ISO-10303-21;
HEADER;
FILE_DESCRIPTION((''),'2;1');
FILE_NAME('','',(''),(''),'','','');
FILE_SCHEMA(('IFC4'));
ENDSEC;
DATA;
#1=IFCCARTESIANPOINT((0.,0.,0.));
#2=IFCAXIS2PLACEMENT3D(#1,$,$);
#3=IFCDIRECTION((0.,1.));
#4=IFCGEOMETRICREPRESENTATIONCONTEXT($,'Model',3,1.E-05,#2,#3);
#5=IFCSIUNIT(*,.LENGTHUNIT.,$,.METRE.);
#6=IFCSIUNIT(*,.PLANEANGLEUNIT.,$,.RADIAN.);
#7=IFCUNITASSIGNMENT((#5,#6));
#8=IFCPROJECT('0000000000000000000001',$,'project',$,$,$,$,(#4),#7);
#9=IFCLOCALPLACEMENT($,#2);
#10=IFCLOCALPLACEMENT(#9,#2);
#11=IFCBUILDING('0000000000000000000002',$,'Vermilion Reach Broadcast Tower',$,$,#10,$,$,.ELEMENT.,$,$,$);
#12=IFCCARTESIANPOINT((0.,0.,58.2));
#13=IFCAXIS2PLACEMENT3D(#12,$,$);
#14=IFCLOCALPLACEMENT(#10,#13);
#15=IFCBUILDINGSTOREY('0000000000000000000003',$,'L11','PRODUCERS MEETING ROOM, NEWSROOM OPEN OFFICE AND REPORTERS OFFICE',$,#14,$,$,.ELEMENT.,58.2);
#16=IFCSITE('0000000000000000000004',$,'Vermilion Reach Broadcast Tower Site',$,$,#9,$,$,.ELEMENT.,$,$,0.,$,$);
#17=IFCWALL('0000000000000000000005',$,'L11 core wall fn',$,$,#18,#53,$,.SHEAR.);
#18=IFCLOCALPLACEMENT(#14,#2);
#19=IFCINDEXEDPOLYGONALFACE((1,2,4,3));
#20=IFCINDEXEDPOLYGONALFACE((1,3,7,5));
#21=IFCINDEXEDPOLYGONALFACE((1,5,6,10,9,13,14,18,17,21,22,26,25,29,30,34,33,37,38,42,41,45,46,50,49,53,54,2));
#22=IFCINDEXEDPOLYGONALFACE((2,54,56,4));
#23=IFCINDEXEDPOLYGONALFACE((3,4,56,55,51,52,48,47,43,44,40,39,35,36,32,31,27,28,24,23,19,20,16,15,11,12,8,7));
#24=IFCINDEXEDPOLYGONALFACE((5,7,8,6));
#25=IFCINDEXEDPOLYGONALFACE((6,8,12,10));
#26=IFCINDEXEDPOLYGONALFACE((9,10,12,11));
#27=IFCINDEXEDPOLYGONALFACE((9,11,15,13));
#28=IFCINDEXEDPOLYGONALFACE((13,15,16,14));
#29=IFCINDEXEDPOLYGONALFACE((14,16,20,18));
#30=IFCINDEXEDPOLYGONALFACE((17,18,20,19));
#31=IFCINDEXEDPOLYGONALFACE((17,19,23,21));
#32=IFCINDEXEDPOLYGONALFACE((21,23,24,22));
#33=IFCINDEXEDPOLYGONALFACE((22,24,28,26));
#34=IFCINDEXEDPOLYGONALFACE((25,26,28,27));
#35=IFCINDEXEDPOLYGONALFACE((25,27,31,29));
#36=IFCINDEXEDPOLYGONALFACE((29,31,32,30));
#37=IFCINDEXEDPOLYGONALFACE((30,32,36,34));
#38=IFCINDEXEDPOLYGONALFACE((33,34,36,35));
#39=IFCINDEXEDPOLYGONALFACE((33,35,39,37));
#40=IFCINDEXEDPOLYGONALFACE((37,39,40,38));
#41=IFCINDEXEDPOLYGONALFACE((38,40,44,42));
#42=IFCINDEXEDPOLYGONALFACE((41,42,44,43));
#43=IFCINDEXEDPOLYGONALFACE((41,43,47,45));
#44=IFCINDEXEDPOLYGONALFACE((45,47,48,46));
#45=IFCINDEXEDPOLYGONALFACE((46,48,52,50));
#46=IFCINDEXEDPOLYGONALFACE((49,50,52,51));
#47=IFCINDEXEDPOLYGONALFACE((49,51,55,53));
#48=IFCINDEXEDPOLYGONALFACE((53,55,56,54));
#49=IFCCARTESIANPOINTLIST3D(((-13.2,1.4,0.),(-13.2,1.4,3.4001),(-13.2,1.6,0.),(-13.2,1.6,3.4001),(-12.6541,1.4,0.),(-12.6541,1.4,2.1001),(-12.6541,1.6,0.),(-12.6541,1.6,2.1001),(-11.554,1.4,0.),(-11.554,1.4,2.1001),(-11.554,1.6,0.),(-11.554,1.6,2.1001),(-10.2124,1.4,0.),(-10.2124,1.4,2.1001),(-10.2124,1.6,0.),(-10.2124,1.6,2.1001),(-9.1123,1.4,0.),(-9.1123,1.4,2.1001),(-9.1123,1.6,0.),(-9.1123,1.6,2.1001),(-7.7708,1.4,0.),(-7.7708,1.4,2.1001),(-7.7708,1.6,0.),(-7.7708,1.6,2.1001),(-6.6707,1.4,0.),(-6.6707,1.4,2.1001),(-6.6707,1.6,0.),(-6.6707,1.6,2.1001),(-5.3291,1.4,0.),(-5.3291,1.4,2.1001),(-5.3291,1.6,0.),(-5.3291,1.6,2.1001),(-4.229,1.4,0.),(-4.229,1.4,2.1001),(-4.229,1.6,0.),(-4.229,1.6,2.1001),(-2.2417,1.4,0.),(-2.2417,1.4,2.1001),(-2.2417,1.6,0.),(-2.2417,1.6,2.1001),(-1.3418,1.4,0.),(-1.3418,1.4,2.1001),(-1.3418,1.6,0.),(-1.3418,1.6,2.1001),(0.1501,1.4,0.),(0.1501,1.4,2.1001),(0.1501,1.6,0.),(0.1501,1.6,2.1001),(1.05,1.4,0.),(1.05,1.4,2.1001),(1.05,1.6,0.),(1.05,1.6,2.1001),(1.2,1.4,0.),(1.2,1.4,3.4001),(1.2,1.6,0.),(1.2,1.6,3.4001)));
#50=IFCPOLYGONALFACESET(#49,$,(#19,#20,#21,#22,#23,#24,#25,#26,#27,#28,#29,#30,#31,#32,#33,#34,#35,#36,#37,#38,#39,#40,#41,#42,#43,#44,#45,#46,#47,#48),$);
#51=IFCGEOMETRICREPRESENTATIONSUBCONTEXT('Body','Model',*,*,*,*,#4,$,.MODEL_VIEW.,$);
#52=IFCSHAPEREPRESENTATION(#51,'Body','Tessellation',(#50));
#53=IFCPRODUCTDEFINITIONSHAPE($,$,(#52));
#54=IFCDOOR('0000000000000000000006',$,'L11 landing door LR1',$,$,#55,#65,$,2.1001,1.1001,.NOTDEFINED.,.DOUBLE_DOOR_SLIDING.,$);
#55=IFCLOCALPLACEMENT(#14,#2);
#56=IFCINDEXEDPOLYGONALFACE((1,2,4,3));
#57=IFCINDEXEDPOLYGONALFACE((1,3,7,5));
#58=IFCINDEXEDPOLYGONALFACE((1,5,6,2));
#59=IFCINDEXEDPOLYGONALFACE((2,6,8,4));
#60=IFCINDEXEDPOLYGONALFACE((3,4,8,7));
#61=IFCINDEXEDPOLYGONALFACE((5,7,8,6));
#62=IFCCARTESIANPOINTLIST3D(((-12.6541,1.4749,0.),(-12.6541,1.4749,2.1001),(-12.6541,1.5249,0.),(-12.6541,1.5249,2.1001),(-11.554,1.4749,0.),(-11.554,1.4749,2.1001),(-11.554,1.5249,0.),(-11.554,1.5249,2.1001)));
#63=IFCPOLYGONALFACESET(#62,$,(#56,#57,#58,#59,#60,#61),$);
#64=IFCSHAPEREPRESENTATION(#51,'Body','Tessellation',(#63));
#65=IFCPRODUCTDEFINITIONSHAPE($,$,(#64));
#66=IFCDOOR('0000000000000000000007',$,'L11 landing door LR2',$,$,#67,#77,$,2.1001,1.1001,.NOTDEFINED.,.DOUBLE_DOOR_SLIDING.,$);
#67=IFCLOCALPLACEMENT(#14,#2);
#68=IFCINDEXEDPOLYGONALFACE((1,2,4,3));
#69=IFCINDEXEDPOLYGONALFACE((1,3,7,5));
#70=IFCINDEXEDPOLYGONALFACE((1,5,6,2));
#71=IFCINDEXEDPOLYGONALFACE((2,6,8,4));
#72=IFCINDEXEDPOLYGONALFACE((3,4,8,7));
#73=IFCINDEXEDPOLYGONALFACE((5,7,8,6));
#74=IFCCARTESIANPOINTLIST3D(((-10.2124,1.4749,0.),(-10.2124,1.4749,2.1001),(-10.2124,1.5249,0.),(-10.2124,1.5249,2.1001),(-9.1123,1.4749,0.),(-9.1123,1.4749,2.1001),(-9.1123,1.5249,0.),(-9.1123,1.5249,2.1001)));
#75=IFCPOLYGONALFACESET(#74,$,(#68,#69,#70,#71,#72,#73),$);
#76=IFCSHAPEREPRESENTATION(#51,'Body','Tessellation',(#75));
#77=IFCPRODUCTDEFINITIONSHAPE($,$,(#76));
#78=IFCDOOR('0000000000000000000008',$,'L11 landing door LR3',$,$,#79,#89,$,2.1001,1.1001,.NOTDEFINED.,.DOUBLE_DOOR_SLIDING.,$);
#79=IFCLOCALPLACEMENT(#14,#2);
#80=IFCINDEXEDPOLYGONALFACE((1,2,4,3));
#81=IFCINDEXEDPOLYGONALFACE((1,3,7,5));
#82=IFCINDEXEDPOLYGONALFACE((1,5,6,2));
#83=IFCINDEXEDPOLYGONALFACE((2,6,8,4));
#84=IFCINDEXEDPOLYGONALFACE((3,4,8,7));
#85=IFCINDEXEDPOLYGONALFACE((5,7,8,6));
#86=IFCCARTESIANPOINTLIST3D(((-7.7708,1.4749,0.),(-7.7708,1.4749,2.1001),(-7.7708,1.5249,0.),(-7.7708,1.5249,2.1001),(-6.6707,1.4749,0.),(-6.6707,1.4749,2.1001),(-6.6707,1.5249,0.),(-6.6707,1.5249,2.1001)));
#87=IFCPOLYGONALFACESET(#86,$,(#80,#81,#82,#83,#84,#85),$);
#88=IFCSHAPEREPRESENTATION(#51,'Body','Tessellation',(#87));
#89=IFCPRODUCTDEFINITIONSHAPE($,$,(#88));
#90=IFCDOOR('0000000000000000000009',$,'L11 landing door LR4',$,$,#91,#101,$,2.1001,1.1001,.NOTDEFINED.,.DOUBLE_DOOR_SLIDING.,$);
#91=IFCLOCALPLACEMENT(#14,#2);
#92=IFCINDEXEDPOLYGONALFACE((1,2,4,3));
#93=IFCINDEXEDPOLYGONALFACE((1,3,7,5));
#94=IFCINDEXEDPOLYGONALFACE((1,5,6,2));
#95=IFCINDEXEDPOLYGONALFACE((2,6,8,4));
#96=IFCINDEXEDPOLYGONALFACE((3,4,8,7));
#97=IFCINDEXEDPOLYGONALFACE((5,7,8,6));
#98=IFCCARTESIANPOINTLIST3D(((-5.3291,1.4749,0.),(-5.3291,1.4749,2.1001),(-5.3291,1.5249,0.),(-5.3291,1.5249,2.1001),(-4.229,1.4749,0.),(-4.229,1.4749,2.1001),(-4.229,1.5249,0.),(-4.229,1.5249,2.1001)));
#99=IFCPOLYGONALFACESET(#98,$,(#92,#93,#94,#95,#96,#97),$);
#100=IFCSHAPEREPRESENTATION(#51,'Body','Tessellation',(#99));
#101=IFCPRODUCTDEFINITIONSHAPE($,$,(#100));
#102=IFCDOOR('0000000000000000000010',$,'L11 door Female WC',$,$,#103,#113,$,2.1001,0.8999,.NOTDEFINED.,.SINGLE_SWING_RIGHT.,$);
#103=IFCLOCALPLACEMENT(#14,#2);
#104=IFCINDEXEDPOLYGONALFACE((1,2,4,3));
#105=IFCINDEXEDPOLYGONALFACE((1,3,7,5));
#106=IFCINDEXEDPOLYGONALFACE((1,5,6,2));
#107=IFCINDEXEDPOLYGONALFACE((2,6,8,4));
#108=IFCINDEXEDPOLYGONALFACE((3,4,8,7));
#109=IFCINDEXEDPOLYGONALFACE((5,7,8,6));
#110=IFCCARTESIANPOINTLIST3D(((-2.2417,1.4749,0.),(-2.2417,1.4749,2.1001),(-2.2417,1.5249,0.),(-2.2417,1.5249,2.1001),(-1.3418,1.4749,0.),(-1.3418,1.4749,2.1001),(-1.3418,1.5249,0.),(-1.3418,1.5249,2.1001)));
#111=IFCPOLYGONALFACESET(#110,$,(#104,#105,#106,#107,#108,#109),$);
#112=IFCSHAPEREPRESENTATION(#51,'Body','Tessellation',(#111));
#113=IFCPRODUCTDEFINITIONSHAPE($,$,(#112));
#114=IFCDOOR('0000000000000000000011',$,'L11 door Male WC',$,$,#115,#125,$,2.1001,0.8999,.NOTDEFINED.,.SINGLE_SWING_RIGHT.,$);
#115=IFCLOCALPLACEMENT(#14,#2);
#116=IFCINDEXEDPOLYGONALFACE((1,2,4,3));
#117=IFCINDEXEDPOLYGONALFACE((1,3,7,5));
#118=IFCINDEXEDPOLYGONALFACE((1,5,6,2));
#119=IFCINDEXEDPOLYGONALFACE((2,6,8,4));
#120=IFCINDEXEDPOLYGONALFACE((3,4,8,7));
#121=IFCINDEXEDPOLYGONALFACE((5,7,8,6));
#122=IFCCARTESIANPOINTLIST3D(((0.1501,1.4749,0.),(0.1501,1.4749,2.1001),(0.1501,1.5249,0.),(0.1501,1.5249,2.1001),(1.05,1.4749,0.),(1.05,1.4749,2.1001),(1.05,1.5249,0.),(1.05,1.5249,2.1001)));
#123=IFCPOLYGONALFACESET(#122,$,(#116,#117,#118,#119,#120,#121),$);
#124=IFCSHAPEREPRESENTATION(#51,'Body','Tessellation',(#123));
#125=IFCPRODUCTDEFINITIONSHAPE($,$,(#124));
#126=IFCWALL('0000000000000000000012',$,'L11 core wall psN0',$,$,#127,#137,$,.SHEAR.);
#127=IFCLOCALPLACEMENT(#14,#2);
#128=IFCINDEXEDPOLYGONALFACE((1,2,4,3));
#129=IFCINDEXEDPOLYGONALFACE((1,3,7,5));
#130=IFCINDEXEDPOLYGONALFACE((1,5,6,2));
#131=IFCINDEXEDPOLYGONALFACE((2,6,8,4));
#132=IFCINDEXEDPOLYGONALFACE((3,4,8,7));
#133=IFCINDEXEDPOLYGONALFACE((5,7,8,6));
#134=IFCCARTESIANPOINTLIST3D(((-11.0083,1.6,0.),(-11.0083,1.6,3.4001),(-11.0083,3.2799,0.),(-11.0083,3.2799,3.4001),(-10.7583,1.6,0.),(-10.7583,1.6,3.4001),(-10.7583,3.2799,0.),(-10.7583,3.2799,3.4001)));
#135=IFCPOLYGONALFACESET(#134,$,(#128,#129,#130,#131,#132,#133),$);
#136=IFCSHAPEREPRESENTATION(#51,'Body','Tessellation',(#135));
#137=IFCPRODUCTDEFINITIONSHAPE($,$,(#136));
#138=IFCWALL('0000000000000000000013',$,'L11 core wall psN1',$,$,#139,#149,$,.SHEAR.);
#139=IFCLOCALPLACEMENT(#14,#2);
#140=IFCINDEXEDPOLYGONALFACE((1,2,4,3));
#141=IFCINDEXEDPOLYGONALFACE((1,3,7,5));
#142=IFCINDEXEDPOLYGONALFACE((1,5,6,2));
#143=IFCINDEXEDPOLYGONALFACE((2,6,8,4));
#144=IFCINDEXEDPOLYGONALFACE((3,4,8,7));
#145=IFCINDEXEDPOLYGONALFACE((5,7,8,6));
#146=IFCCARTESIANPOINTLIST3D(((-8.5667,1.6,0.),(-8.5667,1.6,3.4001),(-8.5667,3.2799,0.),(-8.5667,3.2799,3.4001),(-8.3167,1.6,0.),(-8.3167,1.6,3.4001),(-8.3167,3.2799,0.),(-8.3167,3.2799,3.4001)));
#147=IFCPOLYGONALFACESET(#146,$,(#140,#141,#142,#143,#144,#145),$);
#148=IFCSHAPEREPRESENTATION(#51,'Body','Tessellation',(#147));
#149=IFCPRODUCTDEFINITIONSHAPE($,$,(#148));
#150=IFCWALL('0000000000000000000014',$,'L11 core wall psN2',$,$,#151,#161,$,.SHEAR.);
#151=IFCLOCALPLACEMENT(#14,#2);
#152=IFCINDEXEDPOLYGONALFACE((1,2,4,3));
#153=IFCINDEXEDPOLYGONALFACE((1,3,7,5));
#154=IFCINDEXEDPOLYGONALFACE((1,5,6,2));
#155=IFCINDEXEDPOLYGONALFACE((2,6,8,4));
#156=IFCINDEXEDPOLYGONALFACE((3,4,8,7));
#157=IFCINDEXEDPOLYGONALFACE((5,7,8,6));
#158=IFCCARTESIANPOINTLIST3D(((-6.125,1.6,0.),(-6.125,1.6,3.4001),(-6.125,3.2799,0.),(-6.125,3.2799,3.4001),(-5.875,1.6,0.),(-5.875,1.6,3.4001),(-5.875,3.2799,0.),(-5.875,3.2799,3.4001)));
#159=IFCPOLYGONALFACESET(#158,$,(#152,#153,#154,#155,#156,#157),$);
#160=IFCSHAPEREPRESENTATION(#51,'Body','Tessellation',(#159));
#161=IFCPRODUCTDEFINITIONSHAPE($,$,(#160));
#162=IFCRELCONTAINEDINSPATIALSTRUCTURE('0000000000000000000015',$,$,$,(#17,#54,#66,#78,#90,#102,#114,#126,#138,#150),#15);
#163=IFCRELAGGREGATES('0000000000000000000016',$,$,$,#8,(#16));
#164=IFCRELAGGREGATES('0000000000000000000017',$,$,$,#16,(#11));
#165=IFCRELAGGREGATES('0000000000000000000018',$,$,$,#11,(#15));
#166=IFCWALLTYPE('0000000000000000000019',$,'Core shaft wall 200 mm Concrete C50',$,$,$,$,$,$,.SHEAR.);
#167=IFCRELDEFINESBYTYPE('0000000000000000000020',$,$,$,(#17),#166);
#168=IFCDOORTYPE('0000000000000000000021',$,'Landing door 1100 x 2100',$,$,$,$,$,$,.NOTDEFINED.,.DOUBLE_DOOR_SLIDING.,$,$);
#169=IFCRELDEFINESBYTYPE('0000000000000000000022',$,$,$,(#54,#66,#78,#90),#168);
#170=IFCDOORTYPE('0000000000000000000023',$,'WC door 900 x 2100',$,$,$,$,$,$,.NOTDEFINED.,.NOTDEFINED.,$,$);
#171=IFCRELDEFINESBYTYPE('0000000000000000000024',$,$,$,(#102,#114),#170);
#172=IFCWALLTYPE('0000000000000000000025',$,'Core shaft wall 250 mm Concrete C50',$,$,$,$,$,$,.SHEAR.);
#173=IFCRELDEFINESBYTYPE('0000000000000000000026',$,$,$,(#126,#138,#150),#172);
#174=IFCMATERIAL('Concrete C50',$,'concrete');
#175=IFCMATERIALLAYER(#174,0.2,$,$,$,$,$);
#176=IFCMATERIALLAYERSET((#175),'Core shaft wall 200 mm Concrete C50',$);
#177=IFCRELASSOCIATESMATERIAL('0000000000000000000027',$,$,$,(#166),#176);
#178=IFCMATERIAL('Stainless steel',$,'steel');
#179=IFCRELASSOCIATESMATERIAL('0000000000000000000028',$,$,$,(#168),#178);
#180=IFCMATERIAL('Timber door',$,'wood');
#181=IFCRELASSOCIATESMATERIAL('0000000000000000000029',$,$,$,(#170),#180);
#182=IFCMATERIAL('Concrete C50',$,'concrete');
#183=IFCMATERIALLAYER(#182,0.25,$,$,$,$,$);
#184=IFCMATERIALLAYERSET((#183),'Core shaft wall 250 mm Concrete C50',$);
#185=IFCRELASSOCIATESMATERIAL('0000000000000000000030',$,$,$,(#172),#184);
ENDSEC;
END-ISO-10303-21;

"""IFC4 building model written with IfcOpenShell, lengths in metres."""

from ifc_helpers import new_model, si_unit, direction, frame, frame_2d, origin, place, context, subcontext, project, spatial, rectangle, extrude, material, layer, layer_set, type_object, element, fill, save


model = new_model("IFC4")

# Units and contexts
model_context = context("Model", 3, precision=1e-05, world=origin(), true_north=direction((0.0, 1.0)))
body_context = subcontext(model_context, "Body", "Model", "MODEL_VIEW")
ifc_project = project(units=[si_unit("LENGTHUNIT", "METRE"), si_unit("PLANEANGLEUNIT", "RADIAN")], contexts=[model_context])

# Site, building, storey
site_placement = place(None, origin())
site = spatial("IfcSite", under=ifc_project, at=site_placement, Name="Vermilion Reach Broadcast Tower Site", CompositionType="ELEMENT", RefElevation=0.0)
building_placement = place(site_placement, origin())
building = spatial("IfcBuilding", under=site, at=building_placement, Name="Vermilion Reach Broadcast Tower", CompositionType="ELEMENT")
storey_placement = place(building_placement, frame((0.0, 0.0, 58.2)))
storey = spatial("IfcBuildingStorey", under=building, at=storey_placement, Name="L11", Description="PRODUCERS MEETING ROOM, NEWSROOM OPEN OFFICE AND REPORTERS OFFICE", CompositionType="ELEMENT", Elevation=58.2)

# Wall, openings, doors
ifc_material_1 = material(Name="Concrete C50", Category="concrete")
ifc_layer_1 = layer(ifc_material_1, 0.2)
ifc_layer_set_1 = layer_set([ifc_layer_1], Name="Core shaft wall 200 mm Concrete C50")
wall_type_1 = type_object("IfcWallType", Name="Core shaft wall 200 mm Concrete C50", PredefinedType="SHEAR", material=ifc_layer_set_1)
wall_1_placement = place(storey_placement, frame((-13.2, 1.5, 0.0), z_axis=(0.0, 0.0, 1.0), x_axis=(1.0, 0.0, 0.0)))
wall_1 = element("IfcWall", 1, at=wall_1_placement, inside=storey, type_object=wall_type_1, Name="L11 core wall fn", PredefinedType="SHEAR", context=body_context, shape_type="SweptSolid", body=[
    extrude(rectangle(XDim=14.3999, YDim=0.2, at=frame_2d((7.2, 0.0))), origin(), (0.0, 0.0, 1.0), 3.4001),
])
opening_1_placement = place(wall_1_placement, frame((0.5459, 0.0, 0.0)))
opening_1 = element("IfcOpeningElement", 2, at=opening_1_placement, cuts=wall_1, PredefinedType="OPENING", context=body_context, shape_type="SweptSolid", body=[
    extrude(rectangle(XDim=1.1001, YDim=2.1001, at=frame_2d((0.55, 1.05))), frame((0.0, 0.1099, 0.0), z_axis=(0.0, -1.0, 0.0), x_axis=(1.0, 0.0, 0.0)), (0.0, 0.0, 1.0), 0.22),
])
opening_2_placement = place(wall_1_placement, frame((2.9875, 0.0, 0.0)))
opening_2 = element("IfcOpeningElement", 3, at=opening_2_placement, cuts=wall_1, PredefinedType="OPENING", context=body_context, shape_type="SweptSolid", body=[
    extrude(rectangle(XDim=1.1001, YDim=2.1001, at=frame_2d((0.55, 1.05))), frame((0.0, 0.1099, 0.0), z_axis=(0.0, -1.0, 0.0), x_axis=(1.0, 0.0, 0.0)), (0.0, 0.0, 1.0), 0.22),
])
opening_3_placement = place(wall_1_placement, frame((5.4292, 0.0, 0.0)))
opening_3 = element("IfcOpeningElement", 4, at=opening_3_placement, cuts=wall_1, PredefinedType="OPENING", context=body_context, shape_type="SweptSolid", body=[
    extrude(rectangle(XDim=1.1001, YDim=2.1001, at=frame_2d((0.55, 1.05))), frame((0.0, 0.1099, 0.0), z_axis=(0.0, -1.0, 0.0), x_axis=(1.0, 0.0, 0.0)), (0.0, 0.0, 1.0), 0.22),
])
opening_4_placement = place(wall_1_placement, frame((7.8708, 0.0, 0.0)))
opening_4 = element("IfcOpeningElement", 5, at=opening_4_placement, cuts=wall_1, PredefinedType="OPENING", context=body_context, shape_type="SweptSolid", body=[
    extrude(rectangle(XDim=1.1001, YDim=2.1001, at=frame_2d((0.55, 1.05))), frame((0.0, 0.1099, 0.0), z_axis=(0.0, -1.0, 0.0), x_axis=(1.0, 0.0, 0.0)), (0.0, 0.0, 1.0), 0.22),
])
opening_5_placement = place(wall_1_placement, frame((10.9583, 0.0, 0.0)))
opening_5 = element("IfcOpeningElement", 6, at=opening_5_placement, cuts=wall_1, PredefinedType="OPENING", context=body_context, shape_type="SweptSolid", body=[
    extrude(rectangle(XDim=0.8999, YDim=2.1001, at=frame_2d((0.45, 1.05))), frame((0.0, 0.1099, 0.0), z_axis=(0.0, -1.0, 0.0), x_axis=(1.0, 0.0, 0.0)), (0.0, 0.0, 1.0), 0.22),
])
opening_6_placement = place(wall_1_placement, frame((13.3501, 0.0, 0.0)))
opening_6 = element("IfcOpeningElement", 7, at=opening_6_placement, cuts=wall_1, PredefinedType="OPENING", context=body_context, shape_type="SweptSolid", body=[
    extrude(rectangle(XDim=0.8999, YDim=2.1001, at=frame_2d((0.45, 1.05))), frame((0.0, 0.1099, 0.0), z_axis=(0.0, -1.0, 0.0), x_axis=(1.0, 0.0, 0.0)), (0.0, 0.0, 1.0), 0.22),
])
ifc_material_2 = material(Name="Stainless steel", Category="steel")
door_type_1 = type_object("IfcDoorType", Name="Landing door 1100 x 2100", OperationType="DOUBLE_DOOR_SLIDING", PredefinedType="NOTDEFINED", material=ifc_material_2)
door_1_placement = place(opening_1_placement, origin())
door_1 = element("IfcDoor", 8, at=door_1_placement, inside=storey, type_object=door_type_1, Name="L11 landing door LR1", OperationType="DOUBLE_DOOR_SLIDING", OverallHeight=2.1001, OverallWidth=1.1001, PredefinedType="NOTDEFINED", context=body_context, shape_type="SweptSolid", body=[
    extrude(rectangle(XDim=1.1001, YDim=2.1001, at=frame_2d((0.55, 1.05))), frame((0.0, 0.0249, 0.0), z_axis=(0.0, -1.0, 0.0), x_axis=(1.0, 0.0, 0.0)), (0.0, 0.0, 1.0), 0.05),
])
fill(opening_1, door_1)
door_2_placement = place(opening_2_placement, origin())
door_2 = element("IfcDoor", 9, at=door_2_placement, inside=storey, type_object=door_type_1, Name="L11 landing door LR2", OperationType="DOUBLE_DOOR_SLIDING", OverallHeight=2.1001, OverallWidth=1.1001, PredefinedType="NOTDEFINED", context=body_context, shape_type="SweptSolid", body=[
    extrude(rectangle(XDim=1.1001, YDim=2.1001, at=frame_2d((0.55, 1.05))), frame((0.0, 0.0249, 0.0), z_axis=(0.0, -1.0, 0.0), x_axis=(1.0, 0.0, 0.0)), (0.0, 0.0, 1.0), 0.05),
])
fill(opening_2, door_2)
door_3_placement = place(opening_3_placement, origin())
door_3 = element("IfcDoor", 10, at=door_3_placement, inside=storey, type_object=door_type_1, Name="L11 landing door LR3", OperationType="DOUBLE_DOOR_SLIDING", OverallHeight=2.1001, OverallWidth=1.1001, PredefinedType="NOTDEFINED", context=body_context, shape_type="SweptSolid", body=[
    extrude(rectangle(XDim=1.1001, YDim=2.1001, at=frame_2d((0.55, 1.05))), frame((0.0, 0.0249, 0.0), z_axis=(0.0, -1.0, 0.0), x_axis=(1.0, 0.0, 0.0)), (0.0, 0.0, 1.0), 0.05),
])
fill(opening_3, door_3)
door_4_placement = place(opening_4_placement, origin())
door_4 = element("IfcDoor", 11, at=door_4_placement, inside=storey, type_object=door_type_1, Name="L11 landing door LR4", OperationType="DOUBLE_DOOR_SLIDING", OverallHeight=2.1001, OverallWidth=1.1001, PredefinedType="NOTDEFINED", context=body_context, shape_type="SweptSolid", body=[
    extrude(rectangle(XDim=1.1001, YDim=2.1001, at=frame_2d((0.55, 1.05))), frame((0.0, 0.0249, 0.0), z_axis=(0.0, -1.0, 0.0), x_axis=(1.0, 0.0, 0.0)), (0.0, 0.0, 1.0), 0.05),
])
fill(opening_4, door_4)
ifc_material_3 = material(Name="Timber door", Category="wood")
door_type_2 = type_object("IfcDoorType", Name="WC door 900 x 2100", OperationType="NOTDEFINED", PredefinedType="NOTDEFINED", material=ifc_material_3)
door_5_placement = place(opening_5_placement, origin())
door_5 = element("IfcDoor", 12, at=door_5_placement, inside=storey, type_object=door_type_2, Name="L11 door Female WC", OperationType="SINGLE_SWING_RIGHT", OverallHeight=2.1001, OverallWidth=0.8999, PredefinedType="NOTDEFINED", context=body_context, shape_type="SweptSolid", body=[
    extrude(rectangle(XDim=0.8999, YDim=2.1001, at=frame_2d((0.45, 1.05))), frame((0.0, 0.0249, 0.0), z_axis=(0.0, -1.0, 0.0), x_axis=(1.0, 0.0, 0.0)), (0.0, 0.0, 1.0), 0.05),
])
fill(opening_5, door_5)
door_6_placement = place(opening_6_placement, origin())
door_6 = element("IfcDoor", 13, at=door_6_placement, inside=storey, type_object=door_type_2, Name="L11 door Male WC", OperationType="SINGLE_SWING_RIGHT", OverallHeight=2.1001, OverallWidth=0.8999, PredefinedType="NOTDEFINED", context=body_context, shape_type="SweptSolid", body=[
    extrude(rectangle(XDim=0.8999, YDim=2.1001, at=frame_2d((0.45, 1.05))), frame((0.0, 0.0249, 0.0), z_axis=(0.0, -1.0, 0.0), x_axis=(1.0, 0.0, 0.0)), (0.0, 0.0, 1.0), 0.05),
])
fill(opening_6, door_6)

# Walls
ifc_material_4 = material(Name="Concrete C50", Category="concrete")
ifc_layer_2 = layer(ifc_material_4, 0.25)
ifc_layer_set_2 = layer_set([ifc_layer_2], Name="Core shaft wall 250 mm Concrete C50")
wall_type_2 = type_object("IfcWallType", Name="Core shaft wall 250 mm Concrete C50", PredefinedType="SHEAR", material=ifc_layer_set_2)
for number, where, z_axis, x_axis, name in (
    (14, (-10.8833, 1.6001, 0.0), (0.0, 0.0, 1.0), (0.0, 1.0, 0.0), "L11 core wall psN0"),
    (15, (-8.4417, 1.6001, 0.0), (0.0, 0.0, 1.0), (0.0, 1.0, 0.0), "L11 core wall psN1"),
    (16, (-6.0, 1.6001, 0.0), (0.0, 0.0, 1.0), (0.0, 1.0, 0.0), "L11 core wall psN2"),
):
    element("IfcWall", number, at=place(storey_placement, frame(where, z_axis=z_axis, x_axis=x_axis)), inside=storey, type_object=wall_type_2, Name=name, PredefinedType="SHEAR", context=body_context, shape_type="SweptSolid", body=[
        extrude(rectangle(XDim=1.6799, YDim=0.25, at=frame_2d((0.8398, 0.0))), origin(), (0.0, 0.0, 1.0), 3.4001),
    ])

save(model, "model.ifc")
